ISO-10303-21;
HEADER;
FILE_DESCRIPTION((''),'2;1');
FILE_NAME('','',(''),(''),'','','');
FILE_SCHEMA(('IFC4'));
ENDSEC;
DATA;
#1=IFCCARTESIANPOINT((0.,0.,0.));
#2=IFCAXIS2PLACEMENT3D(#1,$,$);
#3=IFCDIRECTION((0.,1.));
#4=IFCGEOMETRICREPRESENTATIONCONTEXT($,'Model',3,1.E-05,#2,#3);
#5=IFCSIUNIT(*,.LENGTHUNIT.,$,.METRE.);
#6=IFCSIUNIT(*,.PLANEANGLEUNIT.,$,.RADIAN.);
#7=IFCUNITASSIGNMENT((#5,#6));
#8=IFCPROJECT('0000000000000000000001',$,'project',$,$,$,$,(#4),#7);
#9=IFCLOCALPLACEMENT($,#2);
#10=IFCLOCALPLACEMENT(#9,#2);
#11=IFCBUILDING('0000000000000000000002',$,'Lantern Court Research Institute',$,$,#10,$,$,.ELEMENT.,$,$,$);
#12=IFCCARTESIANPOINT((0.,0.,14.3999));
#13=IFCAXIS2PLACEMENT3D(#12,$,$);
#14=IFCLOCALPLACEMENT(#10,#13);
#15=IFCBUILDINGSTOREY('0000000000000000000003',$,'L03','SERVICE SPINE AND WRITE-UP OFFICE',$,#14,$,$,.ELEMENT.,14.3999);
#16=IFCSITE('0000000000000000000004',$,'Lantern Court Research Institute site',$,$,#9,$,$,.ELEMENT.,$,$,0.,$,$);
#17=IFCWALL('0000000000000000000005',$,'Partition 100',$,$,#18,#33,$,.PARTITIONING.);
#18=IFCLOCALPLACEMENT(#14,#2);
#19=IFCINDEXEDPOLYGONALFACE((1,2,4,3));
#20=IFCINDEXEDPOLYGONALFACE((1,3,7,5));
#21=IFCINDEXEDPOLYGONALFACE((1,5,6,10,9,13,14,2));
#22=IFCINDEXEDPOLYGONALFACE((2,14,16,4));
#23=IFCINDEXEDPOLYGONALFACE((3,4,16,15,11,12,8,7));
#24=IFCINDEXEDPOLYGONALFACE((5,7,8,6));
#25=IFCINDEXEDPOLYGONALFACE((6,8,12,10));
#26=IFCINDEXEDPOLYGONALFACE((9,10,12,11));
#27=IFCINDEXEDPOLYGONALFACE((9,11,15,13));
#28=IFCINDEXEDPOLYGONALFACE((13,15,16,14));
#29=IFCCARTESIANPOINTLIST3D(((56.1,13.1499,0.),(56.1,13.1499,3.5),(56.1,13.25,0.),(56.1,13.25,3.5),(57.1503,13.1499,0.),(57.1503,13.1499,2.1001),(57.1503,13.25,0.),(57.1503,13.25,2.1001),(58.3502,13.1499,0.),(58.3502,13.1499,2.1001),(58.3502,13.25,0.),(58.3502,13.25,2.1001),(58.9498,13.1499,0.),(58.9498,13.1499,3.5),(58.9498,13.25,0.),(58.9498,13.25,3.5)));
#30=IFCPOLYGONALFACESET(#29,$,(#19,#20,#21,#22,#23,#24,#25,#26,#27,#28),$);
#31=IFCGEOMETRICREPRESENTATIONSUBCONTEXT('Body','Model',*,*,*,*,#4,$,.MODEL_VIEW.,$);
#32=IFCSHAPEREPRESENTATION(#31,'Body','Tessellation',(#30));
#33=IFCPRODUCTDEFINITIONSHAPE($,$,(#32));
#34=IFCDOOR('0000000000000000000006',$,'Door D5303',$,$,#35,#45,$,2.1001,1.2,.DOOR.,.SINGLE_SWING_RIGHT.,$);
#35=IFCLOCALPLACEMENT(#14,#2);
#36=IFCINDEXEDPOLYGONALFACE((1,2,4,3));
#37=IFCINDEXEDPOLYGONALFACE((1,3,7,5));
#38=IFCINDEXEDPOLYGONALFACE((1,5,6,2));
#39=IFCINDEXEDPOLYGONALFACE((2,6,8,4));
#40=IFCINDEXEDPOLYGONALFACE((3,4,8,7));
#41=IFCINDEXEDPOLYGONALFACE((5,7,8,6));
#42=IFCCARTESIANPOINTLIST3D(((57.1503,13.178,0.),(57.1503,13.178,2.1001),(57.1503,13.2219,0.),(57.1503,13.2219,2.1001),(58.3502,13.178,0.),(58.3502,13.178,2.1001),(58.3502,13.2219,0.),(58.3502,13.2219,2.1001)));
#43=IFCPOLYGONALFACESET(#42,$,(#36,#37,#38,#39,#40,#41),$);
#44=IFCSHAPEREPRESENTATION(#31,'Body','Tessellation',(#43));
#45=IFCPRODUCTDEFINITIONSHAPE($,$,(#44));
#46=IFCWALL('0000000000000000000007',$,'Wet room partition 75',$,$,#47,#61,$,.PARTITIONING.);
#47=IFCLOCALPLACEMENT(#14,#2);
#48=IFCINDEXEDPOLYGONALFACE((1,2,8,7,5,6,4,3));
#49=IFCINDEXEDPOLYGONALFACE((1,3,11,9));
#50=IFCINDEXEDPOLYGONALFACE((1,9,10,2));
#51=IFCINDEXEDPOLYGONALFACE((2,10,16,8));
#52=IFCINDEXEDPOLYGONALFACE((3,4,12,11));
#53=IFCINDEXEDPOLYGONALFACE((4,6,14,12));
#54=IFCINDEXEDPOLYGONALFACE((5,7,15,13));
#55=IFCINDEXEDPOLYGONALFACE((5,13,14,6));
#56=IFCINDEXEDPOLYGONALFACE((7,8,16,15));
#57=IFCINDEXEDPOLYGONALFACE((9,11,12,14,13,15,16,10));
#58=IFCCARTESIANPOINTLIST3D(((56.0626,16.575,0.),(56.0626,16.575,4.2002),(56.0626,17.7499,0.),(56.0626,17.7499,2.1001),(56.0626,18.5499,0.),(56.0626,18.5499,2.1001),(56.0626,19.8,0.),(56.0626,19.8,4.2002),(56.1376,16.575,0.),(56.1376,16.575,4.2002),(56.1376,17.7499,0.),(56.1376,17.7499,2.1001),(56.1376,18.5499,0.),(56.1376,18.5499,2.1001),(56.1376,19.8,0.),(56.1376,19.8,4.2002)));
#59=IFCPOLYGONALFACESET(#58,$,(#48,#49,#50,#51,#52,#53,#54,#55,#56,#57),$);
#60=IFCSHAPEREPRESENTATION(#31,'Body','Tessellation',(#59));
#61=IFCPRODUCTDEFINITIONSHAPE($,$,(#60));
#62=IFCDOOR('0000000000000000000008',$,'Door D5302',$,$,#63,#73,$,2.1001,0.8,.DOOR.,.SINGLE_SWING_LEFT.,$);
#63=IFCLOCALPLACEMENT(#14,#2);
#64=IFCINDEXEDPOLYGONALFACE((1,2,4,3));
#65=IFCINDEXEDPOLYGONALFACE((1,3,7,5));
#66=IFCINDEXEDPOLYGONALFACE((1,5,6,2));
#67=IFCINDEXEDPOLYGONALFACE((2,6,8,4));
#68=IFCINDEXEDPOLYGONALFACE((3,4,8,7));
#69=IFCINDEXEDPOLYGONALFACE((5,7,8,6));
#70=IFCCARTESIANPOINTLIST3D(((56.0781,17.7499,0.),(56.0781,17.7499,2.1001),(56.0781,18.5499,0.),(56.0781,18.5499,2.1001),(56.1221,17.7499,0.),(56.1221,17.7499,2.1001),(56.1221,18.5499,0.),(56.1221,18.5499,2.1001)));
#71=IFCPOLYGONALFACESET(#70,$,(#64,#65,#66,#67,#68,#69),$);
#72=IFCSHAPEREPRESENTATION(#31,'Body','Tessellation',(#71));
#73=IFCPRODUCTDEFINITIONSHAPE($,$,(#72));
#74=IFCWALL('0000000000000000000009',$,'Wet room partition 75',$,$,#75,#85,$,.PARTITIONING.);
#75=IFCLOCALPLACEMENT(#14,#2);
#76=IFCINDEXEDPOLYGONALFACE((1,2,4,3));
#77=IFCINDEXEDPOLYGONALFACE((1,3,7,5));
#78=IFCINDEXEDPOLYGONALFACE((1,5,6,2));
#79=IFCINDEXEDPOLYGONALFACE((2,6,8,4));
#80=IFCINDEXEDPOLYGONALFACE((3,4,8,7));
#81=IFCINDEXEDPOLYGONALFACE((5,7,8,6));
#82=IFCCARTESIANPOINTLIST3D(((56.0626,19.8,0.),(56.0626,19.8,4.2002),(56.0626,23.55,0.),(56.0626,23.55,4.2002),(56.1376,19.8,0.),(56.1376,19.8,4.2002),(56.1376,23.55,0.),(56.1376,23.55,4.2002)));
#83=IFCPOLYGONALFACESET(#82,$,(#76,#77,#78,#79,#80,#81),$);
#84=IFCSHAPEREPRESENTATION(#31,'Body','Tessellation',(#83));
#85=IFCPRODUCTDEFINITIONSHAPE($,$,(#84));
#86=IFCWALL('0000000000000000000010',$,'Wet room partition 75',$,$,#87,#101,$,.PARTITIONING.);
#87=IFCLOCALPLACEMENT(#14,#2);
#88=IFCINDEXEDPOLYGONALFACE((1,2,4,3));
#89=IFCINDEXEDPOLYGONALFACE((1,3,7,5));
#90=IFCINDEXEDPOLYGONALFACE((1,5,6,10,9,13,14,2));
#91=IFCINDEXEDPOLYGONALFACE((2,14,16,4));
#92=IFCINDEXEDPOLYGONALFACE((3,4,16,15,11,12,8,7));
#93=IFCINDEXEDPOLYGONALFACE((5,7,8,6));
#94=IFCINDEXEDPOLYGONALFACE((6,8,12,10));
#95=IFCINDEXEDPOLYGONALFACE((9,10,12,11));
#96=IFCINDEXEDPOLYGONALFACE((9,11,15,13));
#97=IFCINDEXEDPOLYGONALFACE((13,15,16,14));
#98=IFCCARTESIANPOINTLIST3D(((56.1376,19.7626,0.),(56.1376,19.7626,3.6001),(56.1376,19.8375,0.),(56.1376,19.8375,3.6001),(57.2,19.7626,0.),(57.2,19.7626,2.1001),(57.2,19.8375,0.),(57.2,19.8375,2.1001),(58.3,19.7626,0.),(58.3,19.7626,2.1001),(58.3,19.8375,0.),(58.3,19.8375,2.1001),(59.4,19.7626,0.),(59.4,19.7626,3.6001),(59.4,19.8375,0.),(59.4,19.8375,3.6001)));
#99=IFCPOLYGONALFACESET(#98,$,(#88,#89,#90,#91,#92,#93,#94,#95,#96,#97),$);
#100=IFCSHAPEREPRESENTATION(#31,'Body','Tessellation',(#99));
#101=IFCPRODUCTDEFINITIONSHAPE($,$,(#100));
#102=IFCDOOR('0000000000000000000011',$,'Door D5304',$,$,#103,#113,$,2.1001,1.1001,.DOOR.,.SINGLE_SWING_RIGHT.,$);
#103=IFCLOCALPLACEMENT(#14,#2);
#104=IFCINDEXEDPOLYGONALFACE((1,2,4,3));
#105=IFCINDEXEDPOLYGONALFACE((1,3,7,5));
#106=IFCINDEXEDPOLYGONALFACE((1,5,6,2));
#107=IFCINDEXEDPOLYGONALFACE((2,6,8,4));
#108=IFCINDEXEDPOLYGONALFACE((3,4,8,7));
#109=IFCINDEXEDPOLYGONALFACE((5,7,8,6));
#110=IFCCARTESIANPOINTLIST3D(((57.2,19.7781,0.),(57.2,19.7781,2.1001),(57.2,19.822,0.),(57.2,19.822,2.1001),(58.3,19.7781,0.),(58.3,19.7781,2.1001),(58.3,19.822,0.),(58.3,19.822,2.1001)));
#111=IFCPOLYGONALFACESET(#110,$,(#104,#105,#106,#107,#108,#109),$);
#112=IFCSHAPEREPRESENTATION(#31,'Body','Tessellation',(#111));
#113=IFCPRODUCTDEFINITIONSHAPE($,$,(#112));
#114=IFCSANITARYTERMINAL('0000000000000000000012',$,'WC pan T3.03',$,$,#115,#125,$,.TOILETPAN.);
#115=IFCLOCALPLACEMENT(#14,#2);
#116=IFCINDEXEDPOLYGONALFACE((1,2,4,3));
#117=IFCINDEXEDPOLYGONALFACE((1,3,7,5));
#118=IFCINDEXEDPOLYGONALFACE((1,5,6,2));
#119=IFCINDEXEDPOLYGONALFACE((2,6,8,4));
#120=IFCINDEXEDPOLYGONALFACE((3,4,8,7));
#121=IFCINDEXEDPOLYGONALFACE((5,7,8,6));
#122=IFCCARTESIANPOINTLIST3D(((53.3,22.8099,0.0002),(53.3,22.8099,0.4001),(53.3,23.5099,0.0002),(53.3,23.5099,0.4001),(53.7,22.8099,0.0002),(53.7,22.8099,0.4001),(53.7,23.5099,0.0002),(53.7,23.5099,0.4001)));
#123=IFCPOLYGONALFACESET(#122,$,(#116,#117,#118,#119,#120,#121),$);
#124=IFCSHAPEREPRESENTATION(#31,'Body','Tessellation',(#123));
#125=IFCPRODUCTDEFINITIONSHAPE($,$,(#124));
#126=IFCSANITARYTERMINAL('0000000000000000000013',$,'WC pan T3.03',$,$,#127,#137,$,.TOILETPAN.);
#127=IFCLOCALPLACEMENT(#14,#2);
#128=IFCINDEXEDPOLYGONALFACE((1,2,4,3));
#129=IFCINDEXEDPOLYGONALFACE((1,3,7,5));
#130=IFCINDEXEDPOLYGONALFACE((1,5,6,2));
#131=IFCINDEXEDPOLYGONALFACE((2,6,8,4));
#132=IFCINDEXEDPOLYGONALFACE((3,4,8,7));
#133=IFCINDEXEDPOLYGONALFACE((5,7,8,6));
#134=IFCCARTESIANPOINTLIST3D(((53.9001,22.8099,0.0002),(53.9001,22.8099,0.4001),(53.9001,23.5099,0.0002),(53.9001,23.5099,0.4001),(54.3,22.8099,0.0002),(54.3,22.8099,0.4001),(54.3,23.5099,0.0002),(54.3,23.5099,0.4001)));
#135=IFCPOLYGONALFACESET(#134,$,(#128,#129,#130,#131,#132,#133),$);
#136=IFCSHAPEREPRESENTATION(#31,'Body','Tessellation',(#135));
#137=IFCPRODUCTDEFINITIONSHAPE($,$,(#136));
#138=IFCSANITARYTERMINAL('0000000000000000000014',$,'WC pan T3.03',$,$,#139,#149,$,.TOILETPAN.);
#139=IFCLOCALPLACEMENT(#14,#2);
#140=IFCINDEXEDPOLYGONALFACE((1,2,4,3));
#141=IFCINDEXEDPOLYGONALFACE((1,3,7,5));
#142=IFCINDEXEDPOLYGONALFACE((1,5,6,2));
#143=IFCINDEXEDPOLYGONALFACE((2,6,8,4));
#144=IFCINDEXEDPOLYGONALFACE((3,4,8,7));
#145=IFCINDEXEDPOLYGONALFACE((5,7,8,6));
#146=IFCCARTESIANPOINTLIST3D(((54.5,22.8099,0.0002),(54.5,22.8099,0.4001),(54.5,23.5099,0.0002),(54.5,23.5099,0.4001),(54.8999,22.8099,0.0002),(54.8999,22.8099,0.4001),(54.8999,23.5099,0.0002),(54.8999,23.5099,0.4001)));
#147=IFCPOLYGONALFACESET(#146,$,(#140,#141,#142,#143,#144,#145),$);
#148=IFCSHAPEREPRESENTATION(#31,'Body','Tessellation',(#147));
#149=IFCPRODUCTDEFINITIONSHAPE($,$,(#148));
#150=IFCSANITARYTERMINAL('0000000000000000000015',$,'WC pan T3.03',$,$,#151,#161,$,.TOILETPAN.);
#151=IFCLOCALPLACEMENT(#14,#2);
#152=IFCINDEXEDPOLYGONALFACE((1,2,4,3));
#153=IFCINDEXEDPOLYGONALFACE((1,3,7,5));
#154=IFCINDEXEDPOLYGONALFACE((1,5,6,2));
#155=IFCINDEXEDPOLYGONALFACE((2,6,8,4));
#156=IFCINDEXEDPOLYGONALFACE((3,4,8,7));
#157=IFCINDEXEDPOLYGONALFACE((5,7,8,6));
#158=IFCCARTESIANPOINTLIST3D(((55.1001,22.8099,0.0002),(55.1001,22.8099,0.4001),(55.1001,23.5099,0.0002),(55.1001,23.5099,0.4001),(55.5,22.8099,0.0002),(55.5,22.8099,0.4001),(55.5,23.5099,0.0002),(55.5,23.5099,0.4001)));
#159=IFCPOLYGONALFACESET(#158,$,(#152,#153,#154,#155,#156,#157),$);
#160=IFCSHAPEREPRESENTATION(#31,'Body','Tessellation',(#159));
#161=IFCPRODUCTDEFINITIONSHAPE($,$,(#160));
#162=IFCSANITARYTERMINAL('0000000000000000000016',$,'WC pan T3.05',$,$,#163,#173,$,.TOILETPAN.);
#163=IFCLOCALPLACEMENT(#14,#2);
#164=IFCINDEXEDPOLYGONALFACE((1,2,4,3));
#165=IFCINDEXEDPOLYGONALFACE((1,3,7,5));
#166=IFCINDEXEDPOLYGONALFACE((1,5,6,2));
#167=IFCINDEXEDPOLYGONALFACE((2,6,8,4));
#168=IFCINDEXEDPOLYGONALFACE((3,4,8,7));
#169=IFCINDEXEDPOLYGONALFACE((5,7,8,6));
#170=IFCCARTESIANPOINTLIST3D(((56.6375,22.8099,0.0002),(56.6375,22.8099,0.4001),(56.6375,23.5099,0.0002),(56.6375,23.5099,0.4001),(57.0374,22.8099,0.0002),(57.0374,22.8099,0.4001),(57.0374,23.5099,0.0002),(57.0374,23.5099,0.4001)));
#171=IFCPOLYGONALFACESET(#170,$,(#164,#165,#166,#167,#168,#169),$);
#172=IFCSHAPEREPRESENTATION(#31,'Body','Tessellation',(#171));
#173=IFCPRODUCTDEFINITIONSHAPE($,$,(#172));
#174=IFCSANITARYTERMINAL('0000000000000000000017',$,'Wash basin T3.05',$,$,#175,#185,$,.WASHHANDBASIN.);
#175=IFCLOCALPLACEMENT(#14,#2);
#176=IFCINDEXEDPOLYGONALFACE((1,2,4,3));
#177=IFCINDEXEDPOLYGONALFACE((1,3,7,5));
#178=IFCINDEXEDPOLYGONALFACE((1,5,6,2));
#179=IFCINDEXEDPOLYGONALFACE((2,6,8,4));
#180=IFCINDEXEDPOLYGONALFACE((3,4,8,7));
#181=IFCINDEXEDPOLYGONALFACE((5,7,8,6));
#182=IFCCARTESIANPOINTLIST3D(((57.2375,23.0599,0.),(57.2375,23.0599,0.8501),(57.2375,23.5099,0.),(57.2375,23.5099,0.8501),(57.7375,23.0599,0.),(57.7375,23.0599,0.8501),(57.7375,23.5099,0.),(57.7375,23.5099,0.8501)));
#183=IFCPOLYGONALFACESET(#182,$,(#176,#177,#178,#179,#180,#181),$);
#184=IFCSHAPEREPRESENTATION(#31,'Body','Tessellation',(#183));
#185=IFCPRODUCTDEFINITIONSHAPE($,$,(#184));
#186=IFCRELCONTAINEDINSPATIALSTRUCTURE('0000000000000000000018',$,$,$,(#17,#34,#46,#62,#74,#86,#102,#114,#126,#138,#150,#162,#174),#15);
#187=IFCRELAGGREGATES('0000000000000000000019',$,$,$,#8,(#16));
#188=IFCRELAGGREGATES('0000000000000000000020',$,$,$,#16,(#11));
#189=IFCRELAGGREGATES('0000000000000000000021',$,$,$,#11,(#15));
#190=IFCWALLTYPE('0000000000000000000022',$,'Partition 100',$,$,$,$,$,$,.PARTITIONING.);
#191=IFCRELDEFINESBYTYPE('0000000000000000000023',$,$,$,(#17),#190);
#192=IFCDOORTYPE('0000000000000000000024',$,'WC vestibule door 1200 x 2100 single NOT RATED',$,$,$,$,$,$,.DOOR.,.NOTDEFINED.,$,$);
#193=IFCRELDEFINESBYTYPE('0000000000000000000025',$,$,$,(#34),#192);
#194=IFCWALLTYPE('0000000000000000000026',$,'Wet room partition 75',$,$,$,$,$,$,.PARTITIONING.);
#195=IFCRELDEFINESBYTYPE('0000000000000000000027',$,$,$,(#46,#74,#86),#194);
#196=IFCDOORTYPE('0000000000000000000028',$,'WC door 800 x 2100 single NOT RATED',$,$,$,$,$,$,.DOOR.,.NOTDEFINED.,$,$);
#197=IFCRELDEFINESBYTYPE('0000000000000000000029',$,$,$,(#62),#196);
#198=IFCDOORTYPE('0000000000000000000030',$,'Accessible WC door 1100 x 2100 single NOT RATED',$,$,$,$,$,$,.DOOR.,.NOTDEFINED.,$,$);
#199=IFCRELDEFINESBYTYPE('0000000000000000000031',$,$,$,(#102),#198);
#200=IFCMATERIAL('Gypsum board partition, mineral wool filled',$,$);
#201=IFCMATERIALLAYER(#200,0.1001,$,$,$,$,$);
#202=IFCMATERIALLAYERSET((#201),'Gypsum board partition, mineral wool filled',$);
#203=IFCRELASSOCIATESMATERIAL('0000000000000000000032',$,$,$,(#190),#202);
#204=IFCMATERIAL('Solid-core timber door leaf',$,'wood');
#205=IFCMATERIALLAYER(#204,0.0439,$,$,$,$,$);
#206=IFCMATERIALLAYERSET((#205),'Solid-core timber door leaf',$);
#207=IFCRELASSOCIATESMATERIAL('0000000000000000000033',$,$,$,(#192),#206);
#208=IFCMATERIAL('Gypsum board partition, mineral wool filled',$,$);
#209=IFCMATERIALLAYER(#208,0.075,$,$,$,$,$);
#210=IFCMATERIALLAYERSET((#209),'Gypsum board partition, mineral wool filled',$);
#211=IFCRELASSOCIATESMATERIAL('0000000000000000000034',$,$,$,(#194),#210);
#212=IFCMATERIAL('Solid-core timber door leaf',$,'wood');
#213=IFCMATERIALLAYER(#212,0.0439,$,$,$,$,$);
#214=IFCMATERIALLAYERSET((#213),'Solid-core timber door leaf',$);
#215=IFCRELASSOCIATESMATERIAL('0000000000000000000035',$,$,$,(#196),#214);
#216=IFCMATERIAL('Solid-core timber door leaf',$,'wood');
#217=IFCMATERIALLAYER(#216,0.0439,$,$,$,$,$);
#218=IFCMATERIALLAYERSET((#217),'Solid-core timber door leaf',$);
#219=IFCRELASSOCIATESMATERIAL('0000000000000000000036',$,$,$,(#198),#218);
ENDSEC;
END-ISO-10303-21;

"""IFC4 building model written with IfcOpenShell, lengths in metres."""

from ifc_helpers import new_model, si_unit, direction, frame, frame_2d, origin, origin_2d, place, context, subcontext, project, spatial, rectangle, extrude, material, layer, layer_set, type_object, element, fill, save


model = new_model("IFC4")

# Units and contexts
model_context = context("Model", 3, precision=1e-05, world=origin(), true_north=direction((0.0, 1.0)))
body_context = subcontext(model_context, "Body", "Model", "MODEL_VIEW")
ifc_project = project(units=[si_unit("LENGTHUNIT", "METRE"), si_unit("PLANEANGLEUNIT", "RADIAN")], contexts=[model_context])

# Site, building, storey
site_placement = place(None, origin())
site = spatial("IfcSite", under=ifc_project, at=site_placement, Name="Lantern Court Research Institute site", CompositionType="ELEMENT", RefElevation=0.0)
building_placement = place(site_placement, origin())
building = spatial("IfcBuilding", under=site, at=building_placement, Name="Lantern Court Research Institute", CompositionType="ELEMENT")
storey_placement = place(building_placement, frame((0.0, 0.0, 14.3999)))
storey = spatial("IfcBuildingStorey", under=building, at=storey_placement, Name="L03", Description="SERVICE SPINE AND WRITE-UP OFFICE", CompositionType="ELEMENT", Elevation=14.3999)

# Walls, openings, doors
ifc_material_1 = material(Name="Gypsum board partition, mineral wool filled")
ifc_layer_1 = layer(ifc_material_1, 0.1001)
ifc_layer_set_1 = layer_set([ifc_layer_1], Name="Gypsum board partition, mineral wool filled")
wall_type_1 = type_object("IfcWallType", Name="Partition 100", PredefinedType="PARTITIONING", material=ifc_layer_set_1)
wall_1_placement = place(storey_placement, frame((56.1001, 13.2, 0.0), z_axis=(0.0, 0.0, 1.0), x_axis=(1.0, 0.0, 0.0)))
wall_1 = element("IfcWall", 1, at=wall_1_placement, inside=storey, type_object=wall_type_1, Name="Partition 100", PredefinedType="PARTITIONING", context=body_context, shape_type="SweptSolid", body=[
    extrude(rectangle(XDim=2.8499, YDim=0.1001, at=frame_2d((1.4248, 0.0))), origin(), (0.0, 0.0, 1.0), 3.5),
])
opening_1_placement = place(wall_1_placement, frame((1.05, 0.0, 0.0)))
opening_1 = element("IfcOpeningElement", 2, at=opening_1_placement, cuts=wall_1, PredefinedType="OPENING", context=body_context, shape_type="SweptSolid", body=[
    extrude(rectangle(XDim=1.2, YDim=2.1001, at=frame_2d((0.6001, 1.05))), frame((0.0, 0.0601, 0.0), z_axis=(0.0, -1.0, 0.0), x_axis=(1.0, 0.0, 0.0)), (0.0, 0.0, 1.0), 0.1201),
])
ifc_material_2 = material(Name="Solid-core timber door leaf", Category="wood")
ifc_layer_2 = layer(ifc_material_2, 0.0439)
ifc_layer_set_2 = layer_set([ifc_layer_2], Name="Solid-core timber door leaf")
door_type_1 = type_object("IfcDoorType", Name="WC vestibule door 1200 x 2100 single NOT RATED", OperationType="NOTDEFINED", PredefinedType="DOOR", material=ifc_layer_set_2)
door_1_placement = place(opening_1_placement, origin())
door_1 = element("IfcDoor", 3, at=door_1_placement, inside=storey, type_object=door_type_1, Name="Door D5303", OperationType="SINGLE_SWING_RIGHT", OverallHeight=2.1001, OverallWidth=1.2, PredefinedType="DOOR", context=body_context, shape_type="SweptSolid", body=[
    extrude(rectangle(XDim=1.2, YDim=2.1001, at=frame_2d((0.6001, 1.05))), frame((0.0, 0.022, 0.0), z_axis=(0.0, -1.0, 0.0), x_axis=(1.0, 0.0, 0.0)), (0.0, 0.0, 1.0), 0.0439),
])
fill(opening_1, door_1)
ifc_material_3 = material(Name="Gypsum board partition, mineral wool filled")
ifc_layer_3 = layer(ifc_material_3, 0.075)
ifc_layer_set_3 = layer_set([ifc_layer_3], Name="Gypsum board partition, mineral wool filled")
wall_type_2 = type_object("IfcWallType", Name="Wet room partition 75", PredefinedType="PARTITIONING", material=ifc_layer_set_3)
wall_2_placement = place(storey_placement, frame((56.1001, 16.575, 0.0), z_axis=(0.0, 0.0, 1.0), x_axis=(0.0, 1.0, 0.0)))
wall_2 = element("IfcWall", 4, at=wall_2_placement, inside=storey, type_object=wall_type_2, Name="Wet room partition 75", PredefinedType="PARTITIONING", context=body_context, shape_type="SweptSolid", body=[
    extrude(rectangle(XDim=3.2251, YDim=0.075, at=frame_2d((1.6125, 0.0))), origin(), (0.0, 0.0, 1.0), 4.2002),
])
opening_2_placement = place(wall_2_placement, frame((1.175, 0.0, 0.0)))
opening_2 = element("IfcOpeningElement", 5, at=opening_2_placement, cuts=wall_2, PredefinedType="OPENING", context=body_context, shape_type="SweptSolid", body=[
    extrude(rectangle(XDim=0.8, YDim=2.1001, at=frame_2d((0.3999, 1.05))), frame((0.0, 0.0474, 0.0), z_axis=(0.0, -1.0, 0.0), x_axis=(1.0, 0.0, 0.0)), (0.0, 0.0, 1.0), 0.095),
])
ifc_material_4 = material(Name="Solid-core timber door leaf", Category="wood")
ifc_layer_4 = layer(ifc_material_4, 0.0439)
ifc_layer_set_4 = layer_set([ifc_layer_4], Name="Solid-core timber door leaf")
door_type_2 = type_object("IfcDoorType", Name="WC door 800 x 2100 single NOT RATED", OperationType="NOTDEFINED", PredefinedType="DOOR", material=ifc_layer_set_4)
door_2_placement = place(opening_2_placement, origin())
door_2 = element("IfcDoor", 6, at=door_2_placement, inside=storey, type_object=door_type_2, Name="Door D5302", OperationType="SINGLE_SWING_LEFT", OverallHeight=2.1001, OverallWidth=0.8, PredefinedType="DOOR", context=body_context, shape_type="SweptSolid", body=[
    extrude(rectangle(XDim=0.8, YDim=2.1001, at=frame_2d((0.3999, 1.05))), frame((0.0, 0.022, 0.0), z_axis=(0.0, -1.0, 0.0), x_axis=(1.0, 0.0, 0.0)), (0.0, 0.0, 1.0), 0.0439),
])
fill(opening_2, door_2)

# Wall
wall_3_placement = place(storey_placement, frame((56.1001, 19.8, 0.0), z_axis=(0.0, 0.0, 1.0), x_axis=(0.0, 1.0, 0.0)))
element("IfcWall", 7, at=wall_3_placement, inside=storey, type_object=wall_type_2, Name="Wet room partition 75", PredefinedType="PARTITIONING", context=body_context, shape_type="SweptSolid", body=[
    extrude(rectangle(XDim=3.75, YDim=0.075, at=frame_2d((1.875, 0.0))), origin(), (0.0, 0.0, 1.0), 4.2002),
])

# Wall, opening, door
wall_4_placement = place(storey_placement, frame((56.1375, 19.8, 0.0), z_axis=(0.0, 0.0, 1.0), x_axis=(1.0, 0.0, 0.0)))
wall_4 = element("IfcWall", 8, at=wall_4_placement, inside=storey, type_object=wall_type_2, Name="Wet room partition 75", PredefinedType="PARTITIONING", context=body_context, shape_type="SweptSolid", body=[
    extrude(rectangle(XDim=3.2625, YDim=0.075, at=frame_2d((1.6313, 0.0))), origin(), (0.0, 0.0, 1.0), 3.6001),
])
opening_3_placement = place(wall_4_placement, frame((1.0625, 0.0, 0.0)))
opening_3 = element("IfcOpeningElement", 9, at=opening_3_placement, cuts=wall_4, PredefinedType="OPENING", context=body_context, shape_type="SweptSolid", body=[
    extrude(rectangle(XDim=1.1001, YDim=2.1001, at=frame_2d((0.55, 1.05))), frame((0.0, 0.0474, 0.0), z_axis=(0.0, -1.0, 0.0), x_axis=(1.0, 0.0, 0.0)), (0.0, 0.0, 1.0), 0.095),
])
ifc_material_5 = material(Name="Solid-core timber door leaf", Category="wood")
ifc_layer_5 = layer(ifc_material_5, 0.0439)
ifc_layer_set_5 = layer_set([ifc_layer_5], Name="Solid-core timber door leaf")
door_type_3 = type_object("IfcDoorType", Name="Accessible WC door 1100 x 2100 single NOT RATED", OperationType="NOTDEFINED", PredefinedType="DOOR", material=ifc_layer_set_5)
door_3_placement = place(opening_3_placement, origin())
door_3 = element("IfcDoor", 10, at=door_3_placement, inside=storey, type_object=door_type_3, Name="Door D5304", OperationType="SINGLE_SWING_RIGHT", OverallHeight=2.1001, OverallWidth=1.1001, PredefinedType="DOOR", context=body_context, shape_type="SweptSolid", body=[
    extrude(rectangle(XDim=1.1001, YDim=2.1001, at=frame_2d((0.55, 1.05))), frame((0.0, 0.022, 0.0), z_axis=(0.0, -1.0, 0.0), x_axis=(1.0, 0.0, 0.0)), (0.0, 0.0, 1.0), 0.0439),
])
fill(opening_3, door_3)

# Sanitary terminals
for number, where, z_axis, x_axis, name in (
    (11, (53.5, 23.1599, 0.0002), (0.0, 0.0, 1.0), (1.0, 0.0, 0.0), "WC pan T3.03"),
    (12, (54.1001, 23.1599, 0.0002), (0.0, 0.0, 1.0), (1.0, 0.0, 0.0), "WC pan T3.03"),
    (13, (54.7, 23.1599, 0.0002), (0.0, 0.0, 1.0), (1.0, 0.0, 0.0), "WC pan T3.03"),
    (14, (55.3, 23.1599, 0.0002), (0.0, 0.0, 1.0), (1.0, 0.0, 0.0), "WC pan T3.03"),
    (15, (56.8374, 23.1599, 0.0002), (0.0, 0.0, 1.0), (1.0, 0.0, 0.0), "WC pan T3.05"),
):
    element("IfcSanitaryTerminal", number, at=place(storey_placement, frame(where, z_axis=z_axis, x_axis=x_axis)), inside=storey, Name=name, PredefinedType="TOILETPAN", context=body_context, shape_type="SweptSolid", body=[
        extrude(rectangle(XDim=0.3999, YDim=0.7, at=origin_2d()), origin(), (0.0, 0.0, 1.0), 0.3999),
    ])
sanitary_terminal_placement = place(storey_placement, frame((57.4875, 23.2849, 0.0), z_axis=(0.0, 0.0, 1.0), x_axis=(1.0, 0.0, 0.0)))
element("IfcSanitaryTerminal", 16, at=sanitary_terminal_placement, inside=storey, Name="Wash basin T3.05", PredefinedType="WASHHANDBASIN", context=body_context, shape_type="SweptSolid", body=[
    extrude(rectangle(XDim=0.5, YDim=0.45, at=origin_2d()), origin(), (0.0, 0.0, 1.0), 0.8501),
])

save(model, "model.ifc")
